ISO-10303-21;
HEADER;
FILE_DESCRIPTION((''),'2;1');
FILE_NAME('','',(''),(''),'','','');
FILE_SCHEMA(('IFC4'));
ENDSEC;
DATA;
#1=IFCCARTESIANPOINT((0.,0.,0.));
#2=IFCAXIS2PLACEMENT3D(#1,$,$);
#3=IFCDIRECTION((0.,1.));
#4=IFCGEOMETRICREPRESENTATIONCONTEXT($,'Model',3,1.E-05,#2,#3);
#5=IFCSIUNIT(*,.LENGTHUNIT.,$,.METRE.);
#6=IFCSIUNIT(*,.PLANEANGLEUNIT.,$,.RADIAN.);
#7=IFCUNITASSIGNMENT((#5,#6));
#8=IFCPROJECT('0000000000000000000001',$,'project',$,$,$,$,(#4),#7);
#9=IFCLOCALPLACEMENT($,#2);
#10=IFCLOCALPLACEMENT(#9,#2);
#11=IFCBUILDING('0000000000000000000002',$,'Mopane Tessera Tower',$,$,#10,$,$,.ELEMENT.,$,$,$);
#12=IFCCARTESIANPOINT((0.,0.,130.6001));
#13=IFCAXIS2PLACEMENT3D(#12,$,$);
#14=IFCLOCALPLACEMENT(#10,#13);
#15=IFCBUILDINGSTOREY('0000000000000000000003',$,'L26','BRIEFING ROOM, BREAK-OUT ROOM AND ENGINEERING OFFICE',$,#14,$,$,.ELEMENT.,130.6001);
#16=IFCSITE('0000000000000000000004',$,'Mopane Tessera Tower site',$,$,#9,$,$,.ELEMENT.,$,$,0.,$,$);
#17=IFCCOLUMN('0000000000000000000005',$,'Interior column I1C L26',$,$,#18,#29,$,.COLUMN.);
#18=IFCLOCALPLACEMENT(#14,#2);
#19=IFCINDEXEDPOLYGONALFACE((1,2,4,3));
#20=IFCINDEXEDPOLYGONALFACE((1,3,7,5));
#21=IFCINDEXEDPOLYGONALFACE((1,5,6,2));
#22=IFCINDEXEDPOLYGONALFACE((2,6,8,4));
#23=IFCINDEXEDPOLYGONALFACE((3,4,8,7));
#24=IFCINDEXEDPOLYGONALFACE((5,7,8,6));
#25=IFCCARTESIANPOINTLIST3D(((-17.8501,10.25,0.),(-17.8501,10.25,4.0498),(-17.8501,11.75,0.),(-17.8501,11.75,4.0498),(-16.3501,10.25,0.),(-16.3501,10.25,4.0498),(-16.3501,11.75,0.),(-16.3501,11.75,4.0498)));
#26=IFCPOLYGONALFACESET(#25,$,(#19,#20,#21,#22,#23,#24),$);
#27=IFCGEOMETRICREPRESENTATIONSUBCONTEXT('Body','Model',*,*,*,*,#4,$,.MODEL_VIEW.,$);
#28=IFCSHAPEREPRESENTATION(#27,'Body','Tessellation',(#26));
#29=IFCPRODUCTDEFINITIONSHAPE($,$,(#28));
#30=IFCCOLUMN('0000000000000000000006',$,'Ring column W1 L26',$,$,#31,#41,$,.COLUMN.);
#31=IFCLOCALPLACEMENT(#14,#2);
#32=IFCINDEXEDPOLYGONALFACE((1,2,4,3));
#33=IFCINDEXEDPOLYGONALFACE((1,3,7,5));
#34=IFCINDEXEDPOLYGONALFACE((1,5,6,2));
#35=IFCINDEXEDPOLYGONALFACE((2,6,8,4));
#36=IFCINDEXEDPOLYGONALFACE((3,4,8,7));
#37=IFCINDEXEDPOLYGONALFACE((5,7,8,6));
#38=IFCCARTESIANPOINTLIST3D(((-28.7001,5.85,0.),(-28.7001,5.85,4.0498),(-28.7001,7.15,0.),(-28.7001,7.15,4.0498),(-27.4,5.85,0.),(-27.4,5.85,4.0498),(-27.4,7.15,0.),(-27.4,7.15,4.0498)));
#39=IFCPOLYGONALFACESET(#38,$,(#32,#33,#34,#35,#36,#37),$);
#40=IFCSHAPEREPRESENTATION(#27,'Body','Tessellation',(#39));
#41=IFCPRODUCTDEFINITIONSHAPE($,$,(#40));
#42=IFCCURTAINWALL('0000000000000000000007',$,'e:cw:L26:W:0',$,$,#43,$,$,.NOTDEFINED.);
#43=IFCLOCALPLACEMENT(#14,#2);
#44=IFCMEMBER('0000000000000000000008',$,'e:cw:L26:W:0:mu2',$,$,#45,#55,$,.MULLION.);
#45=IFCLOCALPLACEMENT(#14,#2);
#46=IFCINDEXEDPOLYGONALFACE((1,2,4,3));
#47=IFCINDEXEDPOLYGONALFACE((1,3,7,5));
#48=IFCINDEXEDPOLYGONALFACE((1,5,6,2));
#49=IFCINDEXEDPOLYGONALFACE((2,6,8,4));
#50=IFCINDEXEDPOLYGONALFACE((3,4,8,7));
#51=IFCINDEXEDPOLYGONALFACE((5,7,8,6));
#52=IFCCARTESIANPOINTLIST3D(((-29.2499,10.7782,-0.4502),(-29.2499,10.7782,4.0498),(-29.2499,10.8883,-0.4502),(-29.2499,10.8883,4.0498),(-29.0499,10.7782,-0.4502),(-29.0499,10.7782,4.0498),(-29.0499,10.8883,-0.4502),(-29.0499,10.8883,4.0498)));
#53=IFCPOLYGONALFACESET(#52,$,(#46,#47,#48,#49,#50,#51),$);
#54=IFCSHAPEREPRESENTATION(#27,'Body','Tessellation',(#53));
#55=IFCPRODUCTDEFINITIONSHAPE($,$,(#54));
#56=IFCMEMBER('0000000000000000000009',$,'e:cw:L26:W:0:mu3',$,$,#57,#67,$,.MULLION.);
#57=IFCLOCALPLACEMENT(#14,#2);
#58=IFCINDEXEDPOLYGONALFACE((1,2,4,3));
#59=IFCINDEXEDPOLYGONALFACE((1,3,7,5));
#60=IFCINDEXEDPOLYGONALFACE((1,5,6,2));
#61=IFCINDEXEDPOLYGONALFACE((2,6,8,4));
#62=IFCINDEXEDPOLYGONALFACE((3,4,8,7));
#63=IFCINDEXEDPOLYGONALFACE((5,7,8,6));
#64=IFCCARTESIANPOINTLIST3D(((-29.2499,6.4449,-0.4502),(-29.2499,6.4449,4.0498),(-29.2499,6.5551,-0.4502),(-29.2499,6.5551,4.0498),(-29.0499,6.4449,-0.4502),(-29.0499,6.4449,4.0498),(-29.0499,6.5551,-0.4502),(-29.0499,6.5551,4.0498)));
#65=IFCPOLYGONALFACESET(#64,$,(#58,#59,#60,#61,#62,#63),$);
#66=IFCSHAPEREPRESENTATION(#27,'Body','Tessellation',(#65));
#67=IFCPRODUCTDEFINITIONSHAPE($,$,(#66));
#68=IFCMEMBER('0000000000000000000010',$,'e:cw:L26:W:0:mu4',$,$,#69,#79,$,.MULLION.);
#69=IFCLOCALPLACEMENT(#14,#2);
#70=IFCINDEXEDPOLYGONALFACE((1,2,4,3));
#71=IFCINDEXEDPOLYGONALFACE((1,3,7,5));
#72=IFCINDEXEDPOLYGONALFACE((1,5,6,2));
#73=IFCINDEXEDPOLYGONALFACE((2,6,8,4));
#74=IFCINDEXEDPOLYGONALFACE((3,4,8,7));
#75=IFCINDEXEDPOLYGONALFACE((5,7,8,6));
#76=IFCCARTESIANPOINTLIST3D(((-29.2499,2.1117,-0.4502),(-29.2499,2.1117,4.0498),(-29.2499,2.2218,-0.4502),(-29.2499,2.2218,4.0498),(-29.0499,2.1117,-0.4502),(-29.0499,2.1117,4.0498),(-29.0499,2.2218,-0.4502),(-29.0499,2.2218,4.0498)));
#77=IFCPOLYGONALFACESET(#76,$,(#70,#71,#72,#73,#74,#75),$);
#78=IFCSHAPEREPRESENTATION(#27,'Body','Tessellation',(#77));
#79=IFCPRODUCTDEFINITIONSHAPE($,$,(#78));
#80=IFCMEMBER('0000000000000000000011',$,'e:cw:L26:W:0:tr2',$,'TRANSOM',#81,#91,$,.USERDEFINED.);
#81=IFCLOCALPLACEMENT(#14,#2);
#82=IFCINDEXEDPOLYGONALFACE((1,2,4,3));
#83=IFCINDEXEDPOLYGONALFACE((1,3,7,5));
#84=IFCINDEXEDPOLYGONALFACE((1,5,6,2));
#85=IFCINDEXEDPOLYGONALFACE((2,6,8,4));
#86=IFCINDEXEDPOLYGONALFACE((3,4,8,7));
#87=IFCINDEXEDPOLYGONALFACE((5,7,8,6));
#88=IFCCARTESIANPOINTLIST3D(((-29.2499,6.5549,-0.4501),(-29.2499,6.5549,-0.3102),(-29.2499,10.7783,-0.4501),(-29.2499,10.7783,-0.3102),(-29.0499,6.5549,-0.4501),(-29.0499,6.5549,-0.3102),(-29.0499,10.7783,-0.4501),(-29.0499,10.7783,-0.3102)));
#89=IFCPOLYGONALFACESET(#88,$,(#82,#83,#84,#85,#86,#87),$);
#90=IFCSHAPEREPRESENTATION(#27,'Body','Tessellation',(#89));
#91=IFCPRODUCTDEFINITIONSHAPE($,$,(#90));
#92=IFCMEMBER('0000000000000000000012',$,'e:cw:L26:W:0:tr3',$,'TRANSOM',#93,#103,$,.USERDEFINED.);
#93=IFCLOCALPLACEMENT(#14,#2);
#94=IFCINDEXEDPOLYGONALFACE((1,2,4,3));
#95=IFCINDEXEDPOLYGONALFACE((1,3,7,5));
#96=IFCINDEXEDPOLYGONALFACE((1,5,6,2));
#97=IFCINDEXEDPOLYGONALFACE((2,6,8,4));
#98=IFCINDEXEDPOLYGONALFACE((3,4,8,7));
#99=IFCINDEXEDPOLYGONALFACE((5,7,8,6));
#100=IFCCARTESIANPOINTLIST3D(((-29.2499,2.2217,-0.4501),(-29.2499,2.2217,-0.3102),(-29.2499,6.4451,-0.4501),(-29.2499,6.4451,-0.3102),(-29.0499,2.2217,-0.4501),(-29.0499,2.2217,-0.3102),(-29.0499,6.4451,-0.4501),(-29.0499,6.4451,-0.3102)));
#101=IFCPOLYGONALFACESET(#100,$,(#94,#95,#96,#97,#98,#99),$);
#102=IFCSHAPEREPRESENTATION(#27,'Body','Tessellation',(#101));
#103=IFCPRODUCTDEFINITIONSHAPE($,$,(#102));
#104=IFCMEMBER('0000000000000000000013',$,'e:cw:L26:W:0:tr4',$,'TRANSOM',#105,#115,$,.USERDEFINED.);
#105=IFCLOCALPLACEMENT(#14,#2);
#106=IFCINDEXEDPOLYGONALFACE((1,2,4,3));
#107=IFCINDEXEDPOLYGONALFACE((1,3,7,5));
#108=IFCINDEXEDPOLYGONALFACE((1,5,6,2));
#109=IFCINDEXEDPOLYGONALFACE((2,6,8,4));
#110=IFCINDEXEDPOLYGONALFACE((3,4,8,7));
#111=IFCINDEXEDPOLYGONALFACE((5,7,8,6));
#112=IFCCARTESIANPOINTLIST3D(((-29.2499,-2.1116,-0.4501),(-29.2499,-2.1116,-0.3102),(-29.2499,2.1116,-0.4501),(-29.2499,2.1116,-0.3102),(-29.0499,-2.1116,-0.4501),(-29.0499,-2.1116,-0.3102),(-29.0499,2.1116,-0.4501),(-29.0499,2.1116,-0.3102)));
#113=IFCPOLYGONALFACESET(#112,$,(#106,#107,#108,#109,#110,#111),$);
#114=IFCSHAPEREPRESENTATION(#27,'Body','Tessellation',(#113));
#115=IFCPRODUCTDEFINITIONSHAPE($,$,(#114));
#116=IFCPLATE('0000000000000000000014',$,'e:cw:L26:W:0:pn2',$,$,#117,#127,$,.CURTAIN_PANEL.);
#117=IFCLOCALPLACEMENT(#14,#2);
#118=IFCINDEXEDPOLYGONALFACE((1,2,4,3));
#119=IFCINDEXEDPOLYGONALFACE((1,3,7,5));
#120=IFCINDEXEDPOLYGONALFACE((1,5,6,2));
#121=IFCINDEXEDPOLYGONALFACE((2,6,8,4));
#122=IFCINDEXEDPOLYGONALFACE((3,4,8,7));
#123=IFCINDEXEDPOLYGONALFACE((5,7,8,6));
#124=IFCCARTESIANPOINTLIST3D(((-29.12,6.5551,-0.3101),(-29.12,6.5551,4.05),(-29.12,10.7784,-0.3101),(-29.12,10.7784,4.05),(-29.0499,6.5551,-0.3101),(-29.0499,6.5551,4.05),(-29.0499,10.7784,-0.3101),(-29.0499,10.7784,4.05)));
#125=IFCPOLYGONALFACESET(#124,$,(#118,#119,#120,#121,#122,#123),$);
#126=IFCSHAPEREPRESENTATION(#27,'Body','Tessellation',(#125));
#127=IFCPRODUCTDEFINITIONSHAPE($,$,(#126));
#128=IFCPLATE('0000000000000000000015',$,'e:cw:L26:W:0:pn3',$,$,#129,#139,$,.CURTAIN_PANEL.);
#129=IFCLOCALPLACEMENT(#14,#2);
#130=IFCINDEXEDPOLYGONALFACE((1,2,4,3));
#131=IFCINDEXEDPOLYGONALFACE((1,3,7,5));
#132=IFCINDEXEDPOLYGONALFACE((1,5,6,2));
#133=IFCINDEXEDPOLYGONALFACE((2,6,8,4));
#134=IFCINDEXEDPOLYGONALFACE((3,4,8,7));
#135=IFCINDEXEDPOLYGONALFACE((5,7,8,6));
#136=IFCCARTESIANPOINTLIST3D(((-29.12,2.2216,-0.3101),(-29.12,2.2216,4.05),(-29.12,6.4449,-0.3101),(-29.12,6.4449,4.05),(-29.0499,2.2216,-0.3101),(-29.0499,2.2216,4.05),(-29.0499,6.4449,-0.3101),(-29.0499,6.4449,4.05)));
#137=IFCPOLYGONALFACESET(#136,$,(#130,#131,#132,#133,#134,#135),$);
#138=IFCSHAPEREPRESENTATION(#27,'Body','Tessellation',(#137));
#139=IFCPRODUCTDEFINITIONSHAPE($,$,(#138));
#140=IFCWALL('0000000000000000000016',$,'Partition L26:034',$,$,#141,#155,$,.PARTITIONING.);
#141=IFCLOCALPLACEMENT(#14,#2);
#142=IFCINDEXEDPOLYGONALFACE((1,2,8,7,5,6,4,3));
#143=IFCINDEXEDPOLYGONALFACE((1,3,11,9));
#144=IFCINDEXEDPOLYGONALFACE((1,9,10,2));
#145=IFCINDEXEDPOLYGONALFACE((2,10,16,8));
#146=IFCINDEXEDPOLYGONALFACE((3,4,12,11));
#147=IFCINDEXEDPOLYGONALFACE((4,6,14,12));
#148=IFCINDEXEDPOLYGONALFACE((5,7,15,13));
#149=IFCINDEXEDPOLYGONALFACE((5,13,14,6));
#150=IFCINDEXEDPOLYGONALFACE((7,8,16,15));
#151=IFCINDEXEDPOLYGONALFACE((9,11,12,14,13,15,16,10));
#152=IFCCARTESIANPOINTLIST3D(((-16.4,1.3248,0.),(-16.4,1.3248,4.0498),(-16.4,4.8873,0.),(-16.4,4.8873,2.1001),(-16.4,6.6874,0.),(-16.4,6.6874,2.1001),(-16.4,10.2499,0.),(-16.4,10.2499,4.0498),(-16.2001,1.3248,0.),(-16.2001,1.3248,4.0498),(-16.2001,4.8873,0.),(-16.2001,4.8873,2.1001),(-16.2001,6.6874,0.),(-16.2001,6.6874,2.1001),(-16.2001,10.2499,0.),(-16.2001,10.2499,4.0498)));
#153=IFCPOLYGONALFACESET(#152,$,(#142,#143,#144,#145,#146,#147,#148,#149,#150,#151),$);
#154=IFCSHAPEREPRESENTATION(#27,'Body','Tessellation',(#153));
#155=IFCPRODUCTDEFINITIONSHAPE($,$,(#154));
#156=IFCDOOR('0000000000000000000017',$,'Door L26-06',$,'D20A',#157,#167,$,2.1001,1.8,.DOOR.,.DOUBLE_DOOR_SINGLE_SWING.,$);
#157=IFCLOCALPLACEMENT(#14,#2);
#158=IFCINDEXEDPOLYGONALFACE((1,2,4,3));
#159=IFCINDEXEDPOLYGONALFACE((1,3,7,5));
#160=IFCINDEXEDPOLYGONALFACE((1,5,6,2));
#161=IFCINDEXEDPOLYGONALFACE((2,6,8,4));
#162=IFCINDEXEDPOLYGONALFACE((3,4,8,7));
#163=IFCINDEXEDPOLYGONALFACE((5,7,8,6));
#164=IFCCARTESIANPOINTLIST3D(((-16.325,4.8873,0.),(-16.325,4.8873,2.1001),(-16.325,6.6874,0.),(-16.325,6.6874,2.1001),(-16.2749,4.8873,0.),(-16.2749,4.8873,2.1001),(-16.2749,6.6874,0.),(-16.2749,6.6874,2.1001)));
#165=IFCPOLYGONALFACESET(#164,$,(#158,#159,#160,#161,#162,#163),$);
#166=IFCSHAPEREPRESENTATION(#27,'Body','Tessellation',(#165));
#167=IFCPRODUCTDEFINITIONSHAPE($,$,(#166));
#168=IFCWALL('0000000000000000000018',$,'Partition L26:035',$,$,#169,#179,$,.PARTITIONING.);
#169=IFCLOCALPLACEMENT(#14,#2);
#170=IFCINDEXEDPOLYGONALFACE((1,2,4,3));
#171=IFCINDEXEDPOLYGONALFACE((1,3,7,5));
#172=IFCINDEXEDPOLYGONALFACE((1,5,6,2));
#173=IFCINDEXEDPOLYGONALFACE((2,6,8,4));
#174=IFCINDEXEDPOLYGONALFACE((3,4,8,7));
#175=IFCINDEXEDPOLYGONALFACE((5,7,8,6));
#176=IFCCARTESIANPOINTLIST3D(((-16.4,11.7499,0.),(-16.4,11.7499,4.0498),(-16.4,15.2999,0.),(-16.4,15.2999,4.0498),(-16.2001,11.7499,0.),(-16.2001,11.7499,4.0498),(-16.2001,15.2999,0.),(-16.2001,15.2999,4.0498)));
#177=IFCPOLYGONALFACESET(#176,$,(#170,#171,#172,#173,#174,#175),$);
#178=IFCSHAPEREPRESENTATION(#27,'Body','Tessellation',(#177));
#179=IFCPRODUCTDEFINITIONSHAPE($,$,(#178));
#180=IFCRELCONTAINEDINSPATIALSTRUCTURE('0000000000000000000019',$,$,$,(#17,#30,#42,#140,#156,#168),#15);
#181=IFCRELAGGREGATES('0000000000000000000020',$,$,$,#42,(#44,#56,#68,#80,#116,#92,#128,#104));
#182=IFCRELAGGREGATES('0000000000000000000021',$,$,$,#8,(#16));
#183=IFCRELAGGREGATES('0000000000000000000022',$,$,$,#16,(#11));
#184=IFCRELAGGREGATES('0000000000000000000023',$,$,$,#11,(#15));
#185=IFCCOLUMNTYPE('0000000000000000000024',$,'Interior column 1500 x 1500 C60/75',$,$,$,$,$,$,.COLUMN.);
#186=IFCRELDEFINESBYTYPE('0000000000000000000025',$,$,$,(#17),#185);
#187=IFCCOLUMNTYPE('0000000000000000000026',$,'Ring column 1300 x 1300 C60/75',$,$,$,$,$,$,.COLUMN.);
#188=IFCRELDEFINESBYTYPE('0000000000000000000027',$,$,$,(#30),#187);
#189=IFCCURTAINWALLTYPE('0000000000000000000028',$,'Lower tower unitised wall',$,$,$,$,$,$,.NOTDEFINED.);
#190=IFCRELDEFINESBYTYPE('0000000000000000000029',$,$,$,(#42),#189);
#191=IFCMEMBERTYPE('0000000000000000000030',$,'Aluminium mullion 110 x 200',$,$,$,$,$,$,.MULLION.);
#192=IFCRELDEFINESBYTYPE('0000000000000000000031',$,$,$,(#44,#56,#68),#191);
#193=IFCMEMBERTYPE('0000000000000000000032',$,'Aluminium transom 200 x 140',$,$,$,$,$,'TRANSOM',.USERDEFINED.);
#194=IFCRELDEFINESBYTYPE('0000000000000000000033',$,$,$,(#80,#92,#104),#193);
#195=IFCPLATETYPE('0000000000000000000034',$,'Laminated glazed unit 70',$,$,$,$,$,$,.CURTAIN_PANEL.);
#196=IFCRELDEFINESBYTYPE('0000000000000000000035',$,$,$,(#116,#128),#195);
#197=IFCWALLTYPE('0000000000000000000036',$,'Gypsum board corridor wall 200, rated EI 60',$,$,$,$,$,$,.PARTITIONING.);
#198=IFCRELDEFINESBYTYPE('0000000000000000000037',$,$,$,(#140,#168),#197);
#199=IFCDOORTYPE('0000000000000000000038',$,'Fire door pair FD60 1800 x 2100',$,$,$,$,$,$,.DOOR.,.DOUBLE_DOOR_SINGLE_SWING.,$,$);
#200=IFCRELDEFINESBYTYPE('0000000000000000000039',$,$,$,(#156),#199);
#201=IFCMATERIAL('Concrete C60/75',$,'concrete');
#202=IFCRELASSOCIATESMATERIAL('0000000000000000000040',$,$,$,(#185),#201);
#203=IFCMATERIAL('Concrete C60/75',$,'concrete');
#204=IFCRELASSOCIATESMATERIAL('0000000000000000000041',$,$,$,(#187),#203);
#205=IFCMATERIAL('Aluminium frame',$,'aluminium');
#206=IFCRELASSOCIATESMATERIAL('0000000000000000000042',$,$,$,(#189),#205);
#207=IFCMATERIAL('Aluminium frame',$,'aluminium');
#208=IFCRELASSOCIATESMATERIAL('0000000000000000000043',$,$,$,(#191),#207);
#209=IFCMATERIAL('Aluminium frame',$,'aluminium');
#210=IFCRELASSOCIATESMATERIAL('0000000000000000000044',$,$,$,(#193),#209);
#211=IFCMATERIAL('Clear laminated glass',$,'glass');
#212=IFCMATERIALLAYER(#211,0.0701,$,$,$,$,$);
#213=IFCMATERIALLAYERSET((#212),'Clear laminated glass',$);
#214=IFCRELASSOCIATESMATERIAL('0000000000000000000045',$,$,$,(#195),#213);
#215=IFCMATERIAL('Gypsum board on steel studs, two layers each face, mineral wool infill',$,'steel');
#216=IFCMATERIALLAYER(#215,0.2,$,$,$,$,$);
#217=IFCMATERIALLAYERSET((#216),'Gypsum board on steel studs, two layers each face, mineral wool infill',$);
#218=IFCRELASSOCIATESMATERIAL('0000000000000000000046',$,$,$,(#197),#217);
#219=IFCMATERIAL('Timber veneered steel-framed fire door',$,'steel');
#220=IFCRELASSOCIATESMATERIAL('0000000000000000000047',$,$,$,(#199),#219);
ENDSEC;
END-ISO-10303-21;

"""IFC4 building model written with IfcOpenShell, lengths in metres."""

from ifc_helpers import new_model, si_unit, direction, frame, frame_2d, origin, origin_2d, place, context, subcontext, project, spatial, rectangle, extrude, material, layer, layer_set, material_profile, profile_set, type_object, element, fill, aggregate, save


model = new_model("IFC4")

# Units and contexts
model_context = context("Model", 3, precision=1e-05, world=origin(), true_north=direction((0.0, 1.0)))
body_context = subcontext(model_context, "Body", "Model", "MODEL_VIEW")
ifc_project = project(units=[si_unit("LENGTHUNIT", "METRE"), si_unit("PLANEANGLEUNIT", "RADIAN")], contexts=[model_context])

# Site, building, storey
site_placement = place(None, origin())
site = spatial("IfcSite", under=ifc_project, at=site_placement, Name="Mopane Tessera Tower site", CompositionType="ELEMENT", RefElevation=0.0)
building_placement = place(site_placement, origin())
building = spatial("IfcBuilding", under=site, at=building_placement, Name="Mopane Tessera Tower", CompositionType="ELEMENT")
storey_placement = place(building_placement, frame((0.0, 0.0, 130.6001)))
storey = spatial("IfcBuildingStorey", under=building, at=storey_placement, Name="L26", Description="BRIEFING ROOM, BREAK-OUT ROOM AND ENGINEERING OFFICE", CompositionType="ELEMENT", Elevation=130.6001)

# Columns
ifc_material_1 = material(Name="Concrete C60/75", Category="concrete")
ifc_material_profile_1 = material_profile(ifc_material_1, rectangle(XDim=1.5, YDim=1.5, at=origin_2d()))
ifc_profile_set_1 = profile_set([ifc_material_profile_1], Name="Concrete C60/75")
column_type_1 = type_object("IfcColumnType", Name="Interior column 1500 x 1500 C60/75", PredefinedType="COLUMN", material=ifc_profile_set_1)
column_1_placement = place(storey_placement, frame((-17.1001, 11.0, 0.0), z_axis=(0.0, 0.0, 1.0), x_axis=(1.0, 0.0, 0.0)))
element("IfcColumn", 1, at=column_1_placement, inside=storey, type_object=column_type_1, Name="Interior column I1C L26", PredefinedType="COLUMN", context=body_context, shape_type="SweptSolid", body=[
    extrude(rectangle(XDim=1.5, YDim=1.5, at=origin_2d()), origin(), (0.0, 0.0, 1.0), 4.0498),
])
ifc_material_2 = material(Name="Concrete C60/75", Category="concrete")
ifc_material_profile_2 = material_profile(ifc_material_2, rectangle(XDim=1.3, YDim=1.3, at=origin_2d()))
ifc_profile_set_2 = profile_set([ifc_material_profile_2], Name="Concrete C60/75")
column_type_2 = type_object("IfcColumnType", Name="Ring column 1300 x 1300 C60/75", PredefinedType="COLUMN", material=ifc_profile_set_2)
column_2_placement = place(storey_placement, frame((-28.05, 6.5, 0.0), z_axis=(0.0, 0.0, 1.0), x_axis=(1.0, 0.0, 0.0)))
element("IfcColumn", 2, at=column_2_placement, inside=storey, type_object=column_type_2, Name="Ring column W1 L26", PredefinedType="COLUMN", context=body_context, shape_type="SweptSolid", body=[
    extrude(rectangle(XDim=1.3, YDim=1.3, at=origin_2d()), origin(), (0.0, 0.0, 1.0), 4.0498),
])

# Curtain wall, members, plates
ifc_material_3 = material(Name="Aluminium frame", Category="aluminium")
curtain_wall_type = type_object("IfcCurtainWallType", Name="Lower tower unitised wall", PredefinedType="NOTDEFINED", material=ifc_material_3)
curtain_wall_placement = place(storey_placement, origin())
curtain_wall = element("IfcCurtainWall", 3, at=curtain_wall_placement, inside=storey, type_object=curtain_wall_type, Name="e:cw:L26:W:0", PredefinedType="NOTDEFINED")
ifc_material_4 = material(Name="Aluminium frame", Category="aluminium")
ifc_material_profile_3 = material_profile(ifc_material_4, rectangle(XDim=0.1101, YDim=0.2, at=origin_2d()))
ifc_profile_set_3 = profile_set([ifc_material_profile_3], Name="Aluminium frame")
member_type_1 = type_object("IfcMemberType", Name="Aluminium mullion 110 x 200", PredefinedType="MULLION", material=ifc_profile_set_3)
member_1_placement = place(storey_placement, frame((-29.1499, 10.8333, -0.4502), z_axis=(0.0, 0.0, 1.0), x_axis=(0.0, -1.0, 0.0)))
member_1 = element("IfcMember", 4, at=member_1_placement, type_object=member_type_1, Name="e:cw:L26:W:0:mu2", PredefinedType="MULLION", context=body_context, shape_type="SweptSolid", body=[
    extrude(rectangle(XDim=0.1101, YDim=0.2, at=origin_2d()), origin(), (0.0, 0.0, 1.0), 4.5),
])
member_2_placement = place(storey_placement, frame((-29.1499, 6.5, -0.4502), z_axis=(0.0, 0.0, 1.0), x_axis=(0.0, -1.0, 0.0)))
member_2 = element("IfcMember", 5, at=member_2_placement, type_object=member_type_1, Name="e:cw:L26:W:0:mu3", PredefinedType="MULLION", context=body_context, shape_type="SweptSolid", body=[
    extrude(rectangle(XDim=0.1101, YDim=0.2, at=origin_2d()), origin(), (0.0, 0.0, 1.0), 4.5),
])
member_3_placement = place(storey_placement, frame((-29.1499, 2.1667, -0.4502), z_axis=(0.0, 0.0, 1.0), x_axis=(0.0, -1.0, 0.0)))
member_3 = element("IfcMember", 6, at=member_3_placement, type_object=member_type_1, Name="e:cw:L26:W:0:mu4", PredefinedType="MULLION", context=body_context, shape_type="SweptSolid", body=[
    extrude(rectangle(XDim=0.1101, YDim=0.2, at=origin_2d()), origin(), (0.0, 0.0, 1.0), 4.5),
])
ifc_material_5 = material(Name="Aluminium frame", Category="aluminium")
ifc_material_profile_4 = material_profile(ifc_material_5, rectangle(XDim=0.2, YDim=0.1399, at=origin_2d()))
ifc_profile_set_4 = profile_set([ifc_material_profile_4], Name="Aluminium frame")
member_type_2 = type_object("IfcMemberType", Name="Aluminium transom 200 x 140", ElementType="TRANSOM", PredefinedType="USERDEFINED", material=ifc_profile_set_4)
member_4_placement = place(storey_placement, frame((-29.1499, 10.7783, -0.3801), z_axis=(0.0, -1.0, 0.0), x_axis=(1.0, 0.0, 0.0)))
member_4 = element("IfcMember", 7, at=member_4_placement, type_object=member_type_2, Name="e:cw:L26:W:0:tr2", ObjectType="TRANSOM", PredefinedType="USERDEFINED", context=body_context, shape_type="SweptSolid", body=[
    extrude(rectangle(XDim=0.2, YDim=0.1399, at=origin_2d()), origin(), (0.0, 0.0, 1.0), 4.2234),
])
member_5_placement = place(storey_placement, frame((-29.1499, 6.4451, -0.3801), z_axis=(0.0, -1.0, 0.0), x_axis=(1.0, 0.0, 0.0)))
member_5 = element("IfcMember", 8, at=member_5_placement, type_object=member_type_2, Name="e:cw:L26:W:0:tr3", ObjectType="TRANSOM", PredefinedType="USERDEFINED", context=body_context, shape_type="SweptSolid", body=[
    extrude(rectangle(XDim=0.2, YDim=0.1399, at=origin_2d()), origin(), (0.0, 0.0, 1.0), 4.2234),
])
member_6_placement = place(storey_placement, frame((-29.1499, 2.1116, -0.3801), z_axis=(0.0, -1.0, 0.0), x_axis=(1.0, 0.0, 0.0)))
member_6 = element("IfcMember", 9, at=member_6_placement, type_object=member_type_2, Name="e:cw:L26:W:0:tr4", ObjectType="TRANSOM", PredefinedType="USERDEFINED", context=body_context, shape_type="SweptSolid", body=[
    extrude(rectangle(XDim=0.2, YDim=0.1399, at=origin_2d()), origin(), (0.0, 0.0, 1.0), 4.2231),
])
ifc_material_6 = material(Name="Clear laminated glass", Category="glass")
ifc_layer_1 = layer(ifc_material_6, 0.0701)
ifc_layer_set_1 = layer_set([ifc_layer_1], Name="Clear laminated glass")
plate_type = type_object("IfcPlateType", Name="Laminated glazed unit 70", PredefinedType="CURTAIN_PANEL", material=ifc_layer_set_1)
plate_1_placement = place(storey_placement, frame((-29.085, 8.6667, -0.3101), z_axis=(0.0, 0.0, 1.0), x_axis=(0.0, -1.0, 0.0)))
plate_1 = element("IfcPlate", 10, at=plate_1_placement, type_object=plate_type, Name="e:cw:L26:W:0:pn2", PredefinedType="CURTAIN_PANEL", context=body_context, shape_type="SweptSolid", body=[
    extrude(rectangle(XDim=4.2234, YDim=0.0701, at=origin_2d()), origin(), (0.0, 0.0, 1.0), 4.3601),
])
plate_2_placement = place(storey_placement, frame((-29.085, 4.3333, -0.3101), z_axis=(0.0, 0.0, 1.0), x_axis=(0.0, -1.0, 0.0)))
plate_2 = element("IfcPlate", 11, at=plate_2_placement, type_object=plate_type, Name="e:cw:L26:W:0:pn3", PredefinedType="CURTAIN_PANEL", context=body_context, shape_type="SweptSolid", body=[
    extrude(rectangle(XDim=4.2234, YDim=0.0701, at=origin_2d()), origin(), (0.0, 0.0, 1.0), 4.3601),
])
aggregate(curtain_wall, [member_1, member_2, member_3, member_4, plate_1, member_5, plate_2, member_6])

# Wall, opening, door
ifc_material_7 = material(Name="Gypsum board on steel studs, two layers each face, mineral wool infill", Category="steel")
ifc_layer_2 = layer(ifc_material_7, 0.2)
ifc_layer_set_2 = layer_set([ifc_layer_2], Name="Gypsum board on steel studs, two layers each face, mineral wool infill")
wall_type_1 = type_object("IfcWallType", Name="Gypsum board corridor wall 200, rated EI 60", PredefinedType="PARTITIONING", material=ifc_layer_set_2)
wall_1_placement = place(storey_placement, frame((-16.3, 1.325, 0.0), z_axis=(0.0, 0.0, 1.0), x_axis=(0.0, 1.0, 0.0)))
wall_1 = element("IfcWall", 12, at=wall_1_placement, inside=storey, type_object=wall_type_1, Name="Partition L26:034", PredefinedType="PARTITIONING", context=body_context, shape_type="SweptSolid", body=[
    extrude(rectangle(XDim=8.925, YDim=0.2, at=frame_2d((4.4624, 0.0))), origin(), (0.0, 0.0, 1.0), 4.0498),
])
opening_1_placement = place(wall_1_placement, frame((3.5625, 0.0, 0.0)))
opening_1 = element("IfcOpeningElement", 13, at=opening_1_placement, cuts=wall_1, PredefinedType="OPENING", context=body_context, shape_type="SweptSolid", body=[
    extrude(rectangle(XDim=1.8, YDim=2.1001, at=frame_2d((0.8999, 1.05))), frame((0.0, 0.1121, 0.0), z_axis=(0.0, -1.0, 0.0), x_axis=(1.0, 0.0, 0.0)), (0.0, 0.0, 1.0), 0.2239),
])
ifc_material_8 = material(Name="Timber veneered steel-framed fire door", Category="steel")
door_type_1 = type_object("IfcDoorType", Name="Fire door pair FD60 1800 x 2100", OperationType="DOUBLE_DOOR_SINGLE_SWING", PredefinedType="DOOR", material=ifc_material_8)
door_1_placement = place(opening_1_placement, origin())
door_1 = element("IfcDoor", 14, at=door_1_placement, inside=storey, type_object=door_type_1, Name="Door L26-06", ObjectType="D20A", OperationType="DOUBLE_DOOR_SINGLE_SWING", OverallHeight=2.1001, OverallWidth=1.8, PredefinedType="DOOR", context=body_context, shape_type="SweptSolid", body=[
    extrude(rectangle(XDim=1.8, YDim=2.1001, at=frame_2d((0.8999, 1.05))), frame((0.0, 0.0249, 0.0), z_axis=(0.0, -1.0, 0.0), x_axis=(1.0, 0.0, 0.0)), (0.0, 0.0, 1.0), 0.05),
])
fill(opening_1, door_1)

# Wall
wall_2_placement = place(storey_placement, frame((-16.3, 11.75, 0.0), z_axis=(0.0, 0.0, 1.0), x_axis=(0.0, 1.0, 0.0)))
element("IfcWall", 15, at=wall_2_placement, inside=storey, type_object=wall_type_1, Name="Partition L26:035", PredefinedType="PARTITIONING", context=body_context, shape_type="SweptSolid", body=[
    extrude(rectangle(XDim=3.55, YDim=0.2, at=frame_2d((1.7749, 0.0))), origin(), (0.0, 0.0, 1.0), 4.0498),
])

save(model, "model.ifc")
